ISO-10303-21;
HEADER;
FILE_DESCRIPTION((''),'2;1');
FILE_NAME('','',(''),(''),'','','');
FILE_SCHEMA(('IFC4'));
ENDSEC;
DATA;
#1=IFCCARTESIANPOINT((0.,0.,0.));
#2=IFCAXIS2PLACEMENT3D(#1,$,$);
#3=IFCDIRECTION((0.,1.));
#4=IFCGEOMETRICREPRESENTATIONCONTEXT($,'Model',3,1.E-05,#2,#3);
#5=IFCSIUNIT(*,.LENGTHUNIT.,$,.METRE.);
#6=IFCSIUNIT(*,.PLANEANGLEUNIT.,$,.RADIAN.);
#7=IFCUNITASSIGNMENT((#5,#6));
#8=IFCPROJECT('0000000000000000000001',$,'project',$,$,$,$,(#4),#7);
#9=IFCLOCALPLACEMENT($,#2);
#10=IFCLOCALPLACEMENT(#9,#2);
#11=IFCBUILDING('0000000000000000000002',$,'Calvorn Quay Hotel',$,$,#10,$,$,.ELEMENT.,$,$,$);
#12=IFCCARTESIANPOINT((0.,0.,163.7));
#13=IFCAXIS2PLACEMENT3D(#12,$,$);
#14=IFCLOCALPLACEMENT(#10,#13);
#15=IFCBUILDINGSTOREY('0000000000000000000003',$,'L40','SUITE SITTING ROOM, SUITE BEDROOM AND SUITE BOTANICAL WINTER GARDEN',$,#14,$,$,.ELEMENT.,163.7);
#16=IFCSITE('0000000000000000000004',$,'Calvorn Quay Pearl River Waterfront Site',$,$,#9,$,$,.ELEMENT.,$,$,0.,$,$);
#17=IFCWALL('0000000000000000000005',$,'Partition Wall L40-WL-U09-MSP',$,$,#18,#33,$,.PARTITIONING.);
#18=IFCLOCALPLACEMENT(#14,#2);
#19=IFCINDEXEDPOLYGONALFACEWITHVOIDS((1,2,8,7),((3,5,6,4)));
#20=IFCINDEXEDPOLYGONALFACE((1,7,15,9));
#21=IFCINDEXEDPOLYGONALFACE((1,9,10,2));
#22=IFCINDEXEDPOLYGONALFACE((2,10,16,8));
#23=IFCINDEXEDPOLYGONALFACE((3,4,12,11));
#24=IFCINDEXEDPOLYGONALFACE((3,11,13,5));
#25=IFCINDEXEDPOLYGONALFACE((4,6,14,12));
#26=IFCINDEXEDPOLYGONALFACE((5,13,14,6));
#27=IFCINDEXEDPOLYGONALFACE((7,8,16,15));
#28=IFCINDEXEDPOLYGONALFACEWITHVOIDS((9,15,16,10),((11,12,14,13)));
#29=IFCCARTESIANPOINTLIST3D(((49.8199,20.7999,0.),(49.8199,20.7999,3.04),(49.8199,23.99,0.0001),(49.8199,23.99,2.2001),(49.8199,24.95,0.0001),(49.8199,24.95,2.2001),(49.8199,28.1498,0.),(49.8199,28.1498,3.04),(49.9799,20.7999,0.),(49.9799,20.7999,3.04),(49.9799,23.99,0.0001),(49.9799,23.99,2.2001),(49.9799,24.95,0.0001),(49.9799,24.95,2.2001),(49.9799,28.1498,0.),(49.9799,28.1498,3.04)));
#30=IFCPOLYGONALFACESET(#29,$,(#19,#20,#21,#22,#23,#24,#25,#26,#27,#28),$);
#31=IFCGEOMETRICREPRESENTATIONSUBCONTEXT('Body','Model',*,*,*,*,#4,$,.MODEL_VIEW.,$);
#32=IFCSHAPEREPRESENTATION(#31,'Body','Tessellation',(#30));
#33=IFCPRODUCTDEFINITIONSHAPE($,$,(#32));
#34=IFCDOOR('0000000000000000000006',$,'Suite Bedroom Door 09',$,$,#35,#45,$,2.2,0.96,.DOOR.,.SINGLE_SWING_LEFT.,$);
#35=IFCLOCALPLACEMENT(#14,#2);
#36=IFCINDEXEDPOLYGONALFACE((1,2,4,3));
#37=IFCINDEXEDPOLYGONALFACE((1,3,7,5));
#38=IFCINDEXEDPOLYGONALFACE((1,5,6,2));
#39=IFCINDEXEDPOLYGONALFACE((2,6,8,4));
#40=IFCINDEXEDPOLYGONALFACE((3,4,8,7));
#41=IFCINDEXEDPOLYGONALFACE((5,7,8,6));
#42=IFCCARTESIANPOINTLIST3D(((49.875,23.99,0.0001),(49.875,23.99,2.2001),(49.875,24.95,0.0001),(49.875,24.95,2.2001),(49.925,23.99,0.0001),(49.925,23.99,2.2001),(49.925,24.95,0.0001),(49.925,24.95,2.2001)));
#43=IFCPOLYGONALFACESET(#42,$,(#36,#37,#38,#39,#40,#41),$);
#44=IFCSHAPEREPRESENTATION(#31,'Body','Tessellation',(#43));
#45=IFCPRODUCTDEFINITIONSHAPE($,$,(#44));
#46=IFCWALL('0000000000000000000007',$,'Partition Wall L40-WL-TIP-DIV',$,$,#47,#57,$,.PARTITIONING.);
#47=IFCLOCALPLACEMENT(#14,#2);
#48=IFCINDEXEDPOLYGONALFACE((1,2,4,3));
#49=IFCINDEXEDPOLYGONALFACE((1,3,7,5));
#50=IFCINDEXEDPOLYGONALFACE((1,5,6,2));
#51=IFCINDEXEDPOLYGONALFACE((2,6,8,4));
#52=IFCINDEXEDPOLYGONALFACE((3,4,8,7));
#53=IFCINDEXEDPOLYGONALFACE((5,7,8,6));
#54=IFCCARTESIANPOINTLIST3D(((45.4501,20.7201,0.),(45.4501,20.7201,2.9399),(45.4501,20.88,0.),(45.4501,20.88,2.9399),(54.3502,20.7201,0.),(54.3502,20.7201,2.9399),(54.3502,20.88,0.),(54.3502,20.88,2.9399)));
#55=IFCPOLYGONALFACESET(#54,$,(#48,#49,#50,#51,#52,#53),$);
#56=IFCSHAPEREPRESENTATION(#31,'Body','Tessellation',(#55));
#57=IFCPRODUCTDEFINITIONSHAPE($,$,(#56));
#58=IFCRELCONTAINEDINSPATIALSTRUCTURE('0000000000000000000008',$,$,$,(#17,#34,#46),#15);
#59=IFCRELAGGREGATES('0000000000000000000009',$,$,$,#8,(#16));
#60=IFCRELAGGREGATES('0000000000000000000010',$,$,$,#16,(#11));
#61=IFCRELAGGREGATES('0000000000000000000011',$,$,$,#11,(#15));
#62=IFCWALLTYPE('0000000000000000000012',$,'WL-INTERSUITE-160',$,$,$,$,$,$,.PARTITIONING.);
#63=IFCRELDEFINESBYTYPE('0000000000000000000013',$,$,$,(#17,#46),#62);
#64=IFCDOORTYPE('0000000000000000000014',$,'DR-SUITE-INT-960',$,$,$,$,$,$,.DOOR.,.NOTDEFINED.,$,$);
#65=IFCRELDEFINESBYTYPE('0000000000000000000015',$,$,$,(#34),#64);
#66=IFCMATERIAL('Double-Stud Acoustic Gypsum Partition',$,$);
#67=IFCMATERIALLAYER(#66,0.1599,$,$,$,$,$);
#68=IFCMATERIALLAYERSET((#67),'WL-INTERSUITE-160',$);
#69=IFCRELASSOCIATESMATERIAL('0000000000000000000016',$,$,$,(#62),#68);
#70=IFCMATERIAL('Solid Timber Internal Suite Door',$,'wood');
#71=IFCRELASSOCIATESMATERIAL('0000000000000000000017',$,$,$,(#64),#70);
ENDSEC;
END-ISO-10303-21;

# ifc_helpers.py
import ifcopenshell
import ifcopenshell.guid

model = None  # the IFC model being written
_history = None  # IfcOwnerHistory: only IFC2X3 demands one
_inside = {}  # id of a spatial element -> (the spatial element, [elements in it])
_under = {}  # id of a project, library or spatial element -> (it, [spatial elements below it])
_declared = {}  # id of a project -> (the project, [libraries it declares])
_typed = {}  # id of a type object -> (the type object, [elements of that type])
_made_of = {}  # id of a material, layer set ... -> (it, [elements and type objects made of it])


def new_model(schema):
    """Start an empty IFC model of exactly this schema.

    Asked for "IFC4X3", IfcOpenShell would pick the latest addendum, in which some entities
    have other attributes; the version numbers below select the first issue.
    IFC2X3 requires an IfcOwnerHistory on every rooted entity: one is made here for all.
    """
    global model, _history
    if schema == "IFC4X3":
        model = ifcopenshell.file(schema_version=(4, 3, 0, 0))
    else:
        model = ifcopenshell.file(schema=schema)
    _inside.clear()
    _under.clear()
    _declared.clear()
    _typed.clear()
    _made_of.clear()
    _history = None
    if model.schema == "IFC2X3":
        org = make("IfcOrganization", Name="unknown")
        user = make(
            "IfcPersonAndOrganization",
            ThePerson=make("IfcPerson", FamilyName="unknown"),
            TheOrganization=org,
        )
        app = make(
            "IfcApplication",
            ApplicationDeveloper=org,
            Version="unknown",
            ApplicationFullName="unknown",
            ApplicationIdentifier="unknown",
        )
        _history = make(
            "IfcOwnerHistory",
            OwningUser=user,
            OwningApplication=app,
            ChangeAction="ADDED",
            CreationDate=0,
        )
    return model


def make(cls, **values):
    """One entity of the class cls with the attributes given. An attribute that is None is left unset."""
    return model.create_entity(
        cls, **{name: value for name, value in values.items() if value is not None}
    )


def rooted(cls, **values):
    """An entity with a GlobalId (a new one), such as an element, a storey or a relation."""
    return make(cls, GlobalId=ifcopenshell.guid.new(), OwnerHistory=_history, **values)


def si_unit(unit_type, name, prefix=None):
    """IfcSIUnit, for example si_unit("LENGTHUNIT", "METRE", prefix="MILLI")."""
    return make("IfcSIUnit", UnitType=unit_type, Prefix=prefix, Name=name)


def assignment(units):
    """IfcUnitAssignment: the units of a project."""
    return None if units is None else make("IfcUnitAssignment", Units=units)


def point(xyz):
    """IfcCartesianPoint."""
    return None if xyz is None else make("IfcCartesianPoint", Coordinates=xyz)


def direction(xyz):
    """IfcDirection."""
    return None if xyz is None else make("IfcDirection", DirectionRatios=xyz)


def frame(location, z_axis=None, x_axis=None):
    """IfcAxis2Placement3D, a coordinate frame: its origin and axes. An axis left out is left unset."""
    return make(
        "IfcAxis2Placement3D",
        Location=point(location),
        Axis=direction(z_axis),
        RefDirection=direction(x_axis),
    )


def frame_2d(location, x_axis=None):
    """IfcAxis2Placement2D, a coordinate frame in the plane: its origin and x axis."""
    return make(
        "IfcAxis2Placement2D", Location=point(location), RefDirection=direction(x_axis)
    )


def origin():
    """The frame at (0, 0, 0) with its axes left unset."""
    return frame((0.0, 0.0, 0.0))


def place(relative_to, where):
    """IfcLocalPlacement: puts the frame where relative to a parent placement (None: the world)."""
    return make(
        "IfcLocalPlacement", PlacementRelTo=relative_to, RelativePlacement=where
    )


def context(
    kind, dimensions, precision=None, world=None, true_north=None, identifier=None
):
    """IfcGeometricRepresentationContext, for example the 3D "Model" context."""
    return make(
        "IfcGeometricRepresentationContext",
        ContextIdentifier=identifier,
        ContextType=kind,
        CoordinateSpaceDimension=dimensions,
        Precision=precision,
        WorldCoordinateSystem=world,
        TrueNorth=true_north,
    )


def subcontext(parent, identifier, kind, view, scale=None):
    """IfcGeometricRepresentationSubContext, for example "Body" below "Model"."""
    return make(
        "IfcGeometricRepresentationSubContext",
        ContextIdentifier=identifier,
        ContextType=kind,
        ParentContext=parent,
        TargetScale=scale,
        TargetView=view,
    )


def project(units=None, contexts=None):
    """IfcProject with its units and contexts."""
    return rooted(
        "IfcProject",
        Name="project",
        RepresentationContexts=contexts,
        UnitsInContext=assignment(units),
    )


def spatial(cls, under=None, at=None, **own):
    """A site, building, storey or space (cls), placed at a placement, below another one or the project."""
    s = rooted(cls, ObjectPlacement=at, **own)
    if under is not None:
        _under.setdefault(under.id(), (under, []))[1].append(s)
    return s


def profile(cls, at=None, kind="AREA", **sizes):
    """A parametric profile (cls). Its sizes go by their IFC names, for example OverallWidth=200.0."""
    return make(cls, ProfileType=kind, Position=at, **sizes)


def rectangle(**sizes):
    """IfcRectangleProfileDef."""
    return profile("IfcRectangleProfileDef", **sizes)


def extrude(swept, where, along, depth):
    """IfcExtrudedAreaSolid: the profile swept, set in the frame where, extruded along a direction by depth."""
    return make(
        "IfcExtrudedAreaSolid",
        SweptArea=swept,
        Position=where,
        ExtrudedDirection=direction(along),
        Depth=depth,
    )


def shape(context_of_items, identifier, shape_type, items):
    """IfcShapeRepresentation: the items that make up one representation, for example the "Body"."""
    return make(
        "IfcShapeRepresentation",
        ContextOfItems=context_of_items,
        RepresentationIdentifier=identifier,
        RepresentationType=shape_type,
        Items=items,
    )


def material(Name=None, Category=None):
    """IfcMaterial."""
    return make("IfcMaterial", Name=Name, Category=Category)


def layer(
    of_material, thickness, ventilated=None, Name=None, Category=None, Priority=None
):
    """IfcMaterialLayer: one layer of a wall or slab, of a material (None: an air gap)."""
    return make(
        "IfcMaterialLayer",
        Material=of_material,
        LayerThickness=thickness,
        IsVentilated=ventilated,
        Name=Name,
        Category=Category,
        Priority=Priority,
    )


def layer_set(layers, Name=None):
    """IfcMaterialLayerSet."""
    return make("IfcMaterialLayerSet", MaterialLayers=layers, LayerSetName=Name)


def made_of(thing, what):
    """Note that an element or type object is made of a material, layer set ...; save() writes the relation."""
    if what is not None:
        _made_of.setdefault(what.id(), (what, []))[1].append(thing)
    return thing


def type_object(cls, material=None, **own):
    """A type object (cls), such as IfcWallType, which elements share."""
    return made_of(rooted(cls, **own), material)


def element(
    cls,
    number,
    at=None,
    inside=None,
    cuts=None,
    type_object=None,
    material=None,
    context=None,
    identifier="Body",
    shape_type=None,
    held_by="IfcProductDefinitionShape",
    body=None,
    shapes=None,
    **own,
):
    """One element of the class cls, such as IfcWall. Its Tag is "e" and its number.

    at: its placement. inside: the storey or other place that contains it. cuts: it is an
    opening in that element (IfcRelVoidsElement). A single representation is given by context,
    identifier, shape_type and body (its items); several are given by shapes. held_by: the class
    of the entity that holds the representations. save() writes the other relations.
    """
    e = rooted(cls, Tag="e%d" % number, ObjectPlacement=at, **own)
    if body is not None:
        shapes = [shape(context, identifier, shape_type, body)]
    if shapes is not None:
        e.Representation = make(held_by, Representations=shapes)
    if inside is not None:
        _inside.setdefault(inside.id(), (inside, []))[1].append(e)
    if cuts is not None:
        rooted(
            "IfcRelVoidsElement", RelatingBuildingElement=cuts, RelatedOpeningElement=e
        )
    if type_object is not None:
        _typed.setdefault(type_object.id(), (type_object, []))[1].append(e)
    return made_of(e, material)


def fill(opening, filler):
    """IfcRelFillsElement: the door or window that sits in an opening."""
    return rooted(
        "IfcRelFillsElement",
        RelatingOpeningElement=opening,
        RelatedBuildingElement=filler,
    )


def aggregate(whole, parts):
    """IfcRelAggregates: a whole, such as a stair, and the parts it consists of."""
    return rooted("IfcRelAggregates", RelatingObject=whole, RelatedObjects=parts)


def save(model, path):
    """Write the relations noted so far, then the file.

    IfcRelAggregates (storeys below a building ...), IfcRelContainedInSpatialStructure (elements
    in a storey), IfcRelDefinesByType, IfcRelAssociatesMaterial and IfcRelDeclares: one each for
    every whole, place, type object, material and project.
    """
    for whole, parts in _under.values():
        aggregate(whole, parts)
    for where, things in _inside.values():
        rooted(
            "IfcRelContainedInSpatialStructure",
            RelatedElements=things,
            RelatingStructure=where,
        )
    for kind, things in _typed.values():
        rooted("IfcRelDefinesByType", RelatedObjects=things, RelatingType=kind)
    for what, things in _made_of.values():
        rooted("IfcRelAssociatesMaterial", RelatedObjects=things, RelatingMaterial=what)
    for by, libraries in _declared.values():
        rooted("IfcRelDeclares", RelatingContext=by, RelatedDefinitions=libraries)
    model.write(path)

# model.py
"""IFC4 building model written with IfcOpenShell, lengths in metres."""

from ifc_helpers import new_model, si_unit, direction, frame, frame_2d, origin, place, context, subcontext, project, spatial, rectangle, extrude, material, layer, layer_set, type_object, element, fill, save


model = new_model("IFC4")

# Units and contexts
model_context = context("Model", 3, precision=1e-05, world=origin(), true_north=direction((0.0, 1.0)))
body_context = subcontext(model_context, "Body", "Model", "MODEL_VIEW")
ifc_project = project(units=[si_unit("LENGTHUNIT", "METRE"), si_unit("PLANEANGLEUNIT", "RADIAN")], contexts=[model_context])

# Site, building, storey
site_placement = place(None, origin())
site = spatial("IfcSite", under=ifc_project, at=site_placement, Name="Calvorn Quay Pearl River Waterfront Site", CompositionType="ELEMENT", RefElevation=0.0)
building_placement = place(site_placement, origin())
building = spatial("IfcBuilding", under=site, at=building_placement, Name="Calvorn Quay Hotel", CompositionType="ELEMENT")
storey_placement = place(building_placement, frame((0.0, 0.0, 163.7)))
storey = spatial("IfcBuildingStorey", under=building, at=storey_placement, Name="L40", Description="SUITE SITTING ROOM, SUITE BEDROOM AND SUITE BOTANICAL WINTER GARDEN", CompositionType="ELEMENT", Elevation=163.7)

# Wall, opening, door
ifc_material_1 = material(Name="Double-Stud Acoustic Gypsum Partition")
ifc_layer_1 = layer(ifc_material_1, 0.1599)
ifc_layer_set_1 = layer_set([ifc_layer_1], Name="WL-INTERSUITE-160")
wall_type_1 = type_object("IfcWallType", Name="WL-INTERSUITE-160", PredefinedType="PARTITIONING", material=ifc_layer_set_1)
wall_1_placement = place(storey_placement, frame((49.8999, 20.8, 0.0), z_axis=(0.0, 0.0, 1.0), x_axis=(0.0, 1.0, 0.0)))
wall_1 = element("IfcWall", 1, at=wall_1_placement, inside=storey, type_object=wall_type_1, Name="Partition Wall L40-WL-U09-MSP", PredefinedType="PARTITIONING", context=body_context, shape_type="SweptSolid", body=[
    extrude(rectangle(XDim=7.3499, YDim=0.1599, at=frame_2d((3.6748, 0.0))), origin(), (0.0, 0.0, 1.0), 3.04),
])
opening_1_placement = place(wall_1_placement, frame((3.1899, 0.0, 0.0)))
opening_1 = element("IfcOpeningElement", 2, at=opening_1_placement, cuts=wall_1, PredefinedType="OPENING", context=body_context, shape_type="SweptSolid", body=[
    extrude(rectangle(XDim=0.96, YDim=2.2, at=frame_2d((0.48, 1.1001))), frame((0.0, 0.0898, 0.0), z_axis=(0.0, -1.0, 0.0), x_axis=(1.0, 0.0, 0.0)), (0.0, 0.0, 1.0), 0.1799),
])
ifc_material_2 = material(Name="Solid Timber Internal Suite Door", Category="wood")
door_type_1 = type_object("IfcDoorType", Name="DR-SUITE-INT-960", OperationType="NOTDEFINED", PredefinedType="DOOR", material=ifc_material_2)
door_1_placement = place(opening_1_placement, origin())
door_1 = element("IfcDoor", 3, at=door_1_placement, inside=storey, type_object=door_type_1, Name="Suite Bedroom Door 09", OperationType="SINGLE_SWING_LEFT", OverallHeight=2.2, OverallWidth=0.96, PredefinedType="DOOR", context=body_context, shape_type="SweptSolid", body=[
    extrude(rectangle(XDim=0.96, YDim=2.2, at=frame_2d((0.48, 1.1001))), frame((0.0, 0.0249, 0.0), z_axis=(0.0, -1.0, 0.0), x_axis=(1.0, 0.0, 0.0)), (0.0, 0.0, 1.0), 0.05),
])
fill(opening_1, door_1)

# Wall
wall_2_placement = place(storey_placement, frame((45.45, 20.8, 0.0), z_axis=(0.0, 0.0, 1.0), x_axis=(1.0, 0.0, 0.0)))
element("IfcWall", 4, at=wall_2_placement, inside=storey, type_object=wall_type_1, Name="Partition Wall L40-WL-TIP-DIV", PredefinedType="PARTITIONING", context=body_context, shape_type="SweptSolid", body=[
    extrude(rectangle(XDim=8.9001, YDim=0.1599, at=frame_2d((4.4502, 0.0))), origin(), (0.0, 0.0, 1.0), 2.9399),
])

save(model, "model.ifc")
